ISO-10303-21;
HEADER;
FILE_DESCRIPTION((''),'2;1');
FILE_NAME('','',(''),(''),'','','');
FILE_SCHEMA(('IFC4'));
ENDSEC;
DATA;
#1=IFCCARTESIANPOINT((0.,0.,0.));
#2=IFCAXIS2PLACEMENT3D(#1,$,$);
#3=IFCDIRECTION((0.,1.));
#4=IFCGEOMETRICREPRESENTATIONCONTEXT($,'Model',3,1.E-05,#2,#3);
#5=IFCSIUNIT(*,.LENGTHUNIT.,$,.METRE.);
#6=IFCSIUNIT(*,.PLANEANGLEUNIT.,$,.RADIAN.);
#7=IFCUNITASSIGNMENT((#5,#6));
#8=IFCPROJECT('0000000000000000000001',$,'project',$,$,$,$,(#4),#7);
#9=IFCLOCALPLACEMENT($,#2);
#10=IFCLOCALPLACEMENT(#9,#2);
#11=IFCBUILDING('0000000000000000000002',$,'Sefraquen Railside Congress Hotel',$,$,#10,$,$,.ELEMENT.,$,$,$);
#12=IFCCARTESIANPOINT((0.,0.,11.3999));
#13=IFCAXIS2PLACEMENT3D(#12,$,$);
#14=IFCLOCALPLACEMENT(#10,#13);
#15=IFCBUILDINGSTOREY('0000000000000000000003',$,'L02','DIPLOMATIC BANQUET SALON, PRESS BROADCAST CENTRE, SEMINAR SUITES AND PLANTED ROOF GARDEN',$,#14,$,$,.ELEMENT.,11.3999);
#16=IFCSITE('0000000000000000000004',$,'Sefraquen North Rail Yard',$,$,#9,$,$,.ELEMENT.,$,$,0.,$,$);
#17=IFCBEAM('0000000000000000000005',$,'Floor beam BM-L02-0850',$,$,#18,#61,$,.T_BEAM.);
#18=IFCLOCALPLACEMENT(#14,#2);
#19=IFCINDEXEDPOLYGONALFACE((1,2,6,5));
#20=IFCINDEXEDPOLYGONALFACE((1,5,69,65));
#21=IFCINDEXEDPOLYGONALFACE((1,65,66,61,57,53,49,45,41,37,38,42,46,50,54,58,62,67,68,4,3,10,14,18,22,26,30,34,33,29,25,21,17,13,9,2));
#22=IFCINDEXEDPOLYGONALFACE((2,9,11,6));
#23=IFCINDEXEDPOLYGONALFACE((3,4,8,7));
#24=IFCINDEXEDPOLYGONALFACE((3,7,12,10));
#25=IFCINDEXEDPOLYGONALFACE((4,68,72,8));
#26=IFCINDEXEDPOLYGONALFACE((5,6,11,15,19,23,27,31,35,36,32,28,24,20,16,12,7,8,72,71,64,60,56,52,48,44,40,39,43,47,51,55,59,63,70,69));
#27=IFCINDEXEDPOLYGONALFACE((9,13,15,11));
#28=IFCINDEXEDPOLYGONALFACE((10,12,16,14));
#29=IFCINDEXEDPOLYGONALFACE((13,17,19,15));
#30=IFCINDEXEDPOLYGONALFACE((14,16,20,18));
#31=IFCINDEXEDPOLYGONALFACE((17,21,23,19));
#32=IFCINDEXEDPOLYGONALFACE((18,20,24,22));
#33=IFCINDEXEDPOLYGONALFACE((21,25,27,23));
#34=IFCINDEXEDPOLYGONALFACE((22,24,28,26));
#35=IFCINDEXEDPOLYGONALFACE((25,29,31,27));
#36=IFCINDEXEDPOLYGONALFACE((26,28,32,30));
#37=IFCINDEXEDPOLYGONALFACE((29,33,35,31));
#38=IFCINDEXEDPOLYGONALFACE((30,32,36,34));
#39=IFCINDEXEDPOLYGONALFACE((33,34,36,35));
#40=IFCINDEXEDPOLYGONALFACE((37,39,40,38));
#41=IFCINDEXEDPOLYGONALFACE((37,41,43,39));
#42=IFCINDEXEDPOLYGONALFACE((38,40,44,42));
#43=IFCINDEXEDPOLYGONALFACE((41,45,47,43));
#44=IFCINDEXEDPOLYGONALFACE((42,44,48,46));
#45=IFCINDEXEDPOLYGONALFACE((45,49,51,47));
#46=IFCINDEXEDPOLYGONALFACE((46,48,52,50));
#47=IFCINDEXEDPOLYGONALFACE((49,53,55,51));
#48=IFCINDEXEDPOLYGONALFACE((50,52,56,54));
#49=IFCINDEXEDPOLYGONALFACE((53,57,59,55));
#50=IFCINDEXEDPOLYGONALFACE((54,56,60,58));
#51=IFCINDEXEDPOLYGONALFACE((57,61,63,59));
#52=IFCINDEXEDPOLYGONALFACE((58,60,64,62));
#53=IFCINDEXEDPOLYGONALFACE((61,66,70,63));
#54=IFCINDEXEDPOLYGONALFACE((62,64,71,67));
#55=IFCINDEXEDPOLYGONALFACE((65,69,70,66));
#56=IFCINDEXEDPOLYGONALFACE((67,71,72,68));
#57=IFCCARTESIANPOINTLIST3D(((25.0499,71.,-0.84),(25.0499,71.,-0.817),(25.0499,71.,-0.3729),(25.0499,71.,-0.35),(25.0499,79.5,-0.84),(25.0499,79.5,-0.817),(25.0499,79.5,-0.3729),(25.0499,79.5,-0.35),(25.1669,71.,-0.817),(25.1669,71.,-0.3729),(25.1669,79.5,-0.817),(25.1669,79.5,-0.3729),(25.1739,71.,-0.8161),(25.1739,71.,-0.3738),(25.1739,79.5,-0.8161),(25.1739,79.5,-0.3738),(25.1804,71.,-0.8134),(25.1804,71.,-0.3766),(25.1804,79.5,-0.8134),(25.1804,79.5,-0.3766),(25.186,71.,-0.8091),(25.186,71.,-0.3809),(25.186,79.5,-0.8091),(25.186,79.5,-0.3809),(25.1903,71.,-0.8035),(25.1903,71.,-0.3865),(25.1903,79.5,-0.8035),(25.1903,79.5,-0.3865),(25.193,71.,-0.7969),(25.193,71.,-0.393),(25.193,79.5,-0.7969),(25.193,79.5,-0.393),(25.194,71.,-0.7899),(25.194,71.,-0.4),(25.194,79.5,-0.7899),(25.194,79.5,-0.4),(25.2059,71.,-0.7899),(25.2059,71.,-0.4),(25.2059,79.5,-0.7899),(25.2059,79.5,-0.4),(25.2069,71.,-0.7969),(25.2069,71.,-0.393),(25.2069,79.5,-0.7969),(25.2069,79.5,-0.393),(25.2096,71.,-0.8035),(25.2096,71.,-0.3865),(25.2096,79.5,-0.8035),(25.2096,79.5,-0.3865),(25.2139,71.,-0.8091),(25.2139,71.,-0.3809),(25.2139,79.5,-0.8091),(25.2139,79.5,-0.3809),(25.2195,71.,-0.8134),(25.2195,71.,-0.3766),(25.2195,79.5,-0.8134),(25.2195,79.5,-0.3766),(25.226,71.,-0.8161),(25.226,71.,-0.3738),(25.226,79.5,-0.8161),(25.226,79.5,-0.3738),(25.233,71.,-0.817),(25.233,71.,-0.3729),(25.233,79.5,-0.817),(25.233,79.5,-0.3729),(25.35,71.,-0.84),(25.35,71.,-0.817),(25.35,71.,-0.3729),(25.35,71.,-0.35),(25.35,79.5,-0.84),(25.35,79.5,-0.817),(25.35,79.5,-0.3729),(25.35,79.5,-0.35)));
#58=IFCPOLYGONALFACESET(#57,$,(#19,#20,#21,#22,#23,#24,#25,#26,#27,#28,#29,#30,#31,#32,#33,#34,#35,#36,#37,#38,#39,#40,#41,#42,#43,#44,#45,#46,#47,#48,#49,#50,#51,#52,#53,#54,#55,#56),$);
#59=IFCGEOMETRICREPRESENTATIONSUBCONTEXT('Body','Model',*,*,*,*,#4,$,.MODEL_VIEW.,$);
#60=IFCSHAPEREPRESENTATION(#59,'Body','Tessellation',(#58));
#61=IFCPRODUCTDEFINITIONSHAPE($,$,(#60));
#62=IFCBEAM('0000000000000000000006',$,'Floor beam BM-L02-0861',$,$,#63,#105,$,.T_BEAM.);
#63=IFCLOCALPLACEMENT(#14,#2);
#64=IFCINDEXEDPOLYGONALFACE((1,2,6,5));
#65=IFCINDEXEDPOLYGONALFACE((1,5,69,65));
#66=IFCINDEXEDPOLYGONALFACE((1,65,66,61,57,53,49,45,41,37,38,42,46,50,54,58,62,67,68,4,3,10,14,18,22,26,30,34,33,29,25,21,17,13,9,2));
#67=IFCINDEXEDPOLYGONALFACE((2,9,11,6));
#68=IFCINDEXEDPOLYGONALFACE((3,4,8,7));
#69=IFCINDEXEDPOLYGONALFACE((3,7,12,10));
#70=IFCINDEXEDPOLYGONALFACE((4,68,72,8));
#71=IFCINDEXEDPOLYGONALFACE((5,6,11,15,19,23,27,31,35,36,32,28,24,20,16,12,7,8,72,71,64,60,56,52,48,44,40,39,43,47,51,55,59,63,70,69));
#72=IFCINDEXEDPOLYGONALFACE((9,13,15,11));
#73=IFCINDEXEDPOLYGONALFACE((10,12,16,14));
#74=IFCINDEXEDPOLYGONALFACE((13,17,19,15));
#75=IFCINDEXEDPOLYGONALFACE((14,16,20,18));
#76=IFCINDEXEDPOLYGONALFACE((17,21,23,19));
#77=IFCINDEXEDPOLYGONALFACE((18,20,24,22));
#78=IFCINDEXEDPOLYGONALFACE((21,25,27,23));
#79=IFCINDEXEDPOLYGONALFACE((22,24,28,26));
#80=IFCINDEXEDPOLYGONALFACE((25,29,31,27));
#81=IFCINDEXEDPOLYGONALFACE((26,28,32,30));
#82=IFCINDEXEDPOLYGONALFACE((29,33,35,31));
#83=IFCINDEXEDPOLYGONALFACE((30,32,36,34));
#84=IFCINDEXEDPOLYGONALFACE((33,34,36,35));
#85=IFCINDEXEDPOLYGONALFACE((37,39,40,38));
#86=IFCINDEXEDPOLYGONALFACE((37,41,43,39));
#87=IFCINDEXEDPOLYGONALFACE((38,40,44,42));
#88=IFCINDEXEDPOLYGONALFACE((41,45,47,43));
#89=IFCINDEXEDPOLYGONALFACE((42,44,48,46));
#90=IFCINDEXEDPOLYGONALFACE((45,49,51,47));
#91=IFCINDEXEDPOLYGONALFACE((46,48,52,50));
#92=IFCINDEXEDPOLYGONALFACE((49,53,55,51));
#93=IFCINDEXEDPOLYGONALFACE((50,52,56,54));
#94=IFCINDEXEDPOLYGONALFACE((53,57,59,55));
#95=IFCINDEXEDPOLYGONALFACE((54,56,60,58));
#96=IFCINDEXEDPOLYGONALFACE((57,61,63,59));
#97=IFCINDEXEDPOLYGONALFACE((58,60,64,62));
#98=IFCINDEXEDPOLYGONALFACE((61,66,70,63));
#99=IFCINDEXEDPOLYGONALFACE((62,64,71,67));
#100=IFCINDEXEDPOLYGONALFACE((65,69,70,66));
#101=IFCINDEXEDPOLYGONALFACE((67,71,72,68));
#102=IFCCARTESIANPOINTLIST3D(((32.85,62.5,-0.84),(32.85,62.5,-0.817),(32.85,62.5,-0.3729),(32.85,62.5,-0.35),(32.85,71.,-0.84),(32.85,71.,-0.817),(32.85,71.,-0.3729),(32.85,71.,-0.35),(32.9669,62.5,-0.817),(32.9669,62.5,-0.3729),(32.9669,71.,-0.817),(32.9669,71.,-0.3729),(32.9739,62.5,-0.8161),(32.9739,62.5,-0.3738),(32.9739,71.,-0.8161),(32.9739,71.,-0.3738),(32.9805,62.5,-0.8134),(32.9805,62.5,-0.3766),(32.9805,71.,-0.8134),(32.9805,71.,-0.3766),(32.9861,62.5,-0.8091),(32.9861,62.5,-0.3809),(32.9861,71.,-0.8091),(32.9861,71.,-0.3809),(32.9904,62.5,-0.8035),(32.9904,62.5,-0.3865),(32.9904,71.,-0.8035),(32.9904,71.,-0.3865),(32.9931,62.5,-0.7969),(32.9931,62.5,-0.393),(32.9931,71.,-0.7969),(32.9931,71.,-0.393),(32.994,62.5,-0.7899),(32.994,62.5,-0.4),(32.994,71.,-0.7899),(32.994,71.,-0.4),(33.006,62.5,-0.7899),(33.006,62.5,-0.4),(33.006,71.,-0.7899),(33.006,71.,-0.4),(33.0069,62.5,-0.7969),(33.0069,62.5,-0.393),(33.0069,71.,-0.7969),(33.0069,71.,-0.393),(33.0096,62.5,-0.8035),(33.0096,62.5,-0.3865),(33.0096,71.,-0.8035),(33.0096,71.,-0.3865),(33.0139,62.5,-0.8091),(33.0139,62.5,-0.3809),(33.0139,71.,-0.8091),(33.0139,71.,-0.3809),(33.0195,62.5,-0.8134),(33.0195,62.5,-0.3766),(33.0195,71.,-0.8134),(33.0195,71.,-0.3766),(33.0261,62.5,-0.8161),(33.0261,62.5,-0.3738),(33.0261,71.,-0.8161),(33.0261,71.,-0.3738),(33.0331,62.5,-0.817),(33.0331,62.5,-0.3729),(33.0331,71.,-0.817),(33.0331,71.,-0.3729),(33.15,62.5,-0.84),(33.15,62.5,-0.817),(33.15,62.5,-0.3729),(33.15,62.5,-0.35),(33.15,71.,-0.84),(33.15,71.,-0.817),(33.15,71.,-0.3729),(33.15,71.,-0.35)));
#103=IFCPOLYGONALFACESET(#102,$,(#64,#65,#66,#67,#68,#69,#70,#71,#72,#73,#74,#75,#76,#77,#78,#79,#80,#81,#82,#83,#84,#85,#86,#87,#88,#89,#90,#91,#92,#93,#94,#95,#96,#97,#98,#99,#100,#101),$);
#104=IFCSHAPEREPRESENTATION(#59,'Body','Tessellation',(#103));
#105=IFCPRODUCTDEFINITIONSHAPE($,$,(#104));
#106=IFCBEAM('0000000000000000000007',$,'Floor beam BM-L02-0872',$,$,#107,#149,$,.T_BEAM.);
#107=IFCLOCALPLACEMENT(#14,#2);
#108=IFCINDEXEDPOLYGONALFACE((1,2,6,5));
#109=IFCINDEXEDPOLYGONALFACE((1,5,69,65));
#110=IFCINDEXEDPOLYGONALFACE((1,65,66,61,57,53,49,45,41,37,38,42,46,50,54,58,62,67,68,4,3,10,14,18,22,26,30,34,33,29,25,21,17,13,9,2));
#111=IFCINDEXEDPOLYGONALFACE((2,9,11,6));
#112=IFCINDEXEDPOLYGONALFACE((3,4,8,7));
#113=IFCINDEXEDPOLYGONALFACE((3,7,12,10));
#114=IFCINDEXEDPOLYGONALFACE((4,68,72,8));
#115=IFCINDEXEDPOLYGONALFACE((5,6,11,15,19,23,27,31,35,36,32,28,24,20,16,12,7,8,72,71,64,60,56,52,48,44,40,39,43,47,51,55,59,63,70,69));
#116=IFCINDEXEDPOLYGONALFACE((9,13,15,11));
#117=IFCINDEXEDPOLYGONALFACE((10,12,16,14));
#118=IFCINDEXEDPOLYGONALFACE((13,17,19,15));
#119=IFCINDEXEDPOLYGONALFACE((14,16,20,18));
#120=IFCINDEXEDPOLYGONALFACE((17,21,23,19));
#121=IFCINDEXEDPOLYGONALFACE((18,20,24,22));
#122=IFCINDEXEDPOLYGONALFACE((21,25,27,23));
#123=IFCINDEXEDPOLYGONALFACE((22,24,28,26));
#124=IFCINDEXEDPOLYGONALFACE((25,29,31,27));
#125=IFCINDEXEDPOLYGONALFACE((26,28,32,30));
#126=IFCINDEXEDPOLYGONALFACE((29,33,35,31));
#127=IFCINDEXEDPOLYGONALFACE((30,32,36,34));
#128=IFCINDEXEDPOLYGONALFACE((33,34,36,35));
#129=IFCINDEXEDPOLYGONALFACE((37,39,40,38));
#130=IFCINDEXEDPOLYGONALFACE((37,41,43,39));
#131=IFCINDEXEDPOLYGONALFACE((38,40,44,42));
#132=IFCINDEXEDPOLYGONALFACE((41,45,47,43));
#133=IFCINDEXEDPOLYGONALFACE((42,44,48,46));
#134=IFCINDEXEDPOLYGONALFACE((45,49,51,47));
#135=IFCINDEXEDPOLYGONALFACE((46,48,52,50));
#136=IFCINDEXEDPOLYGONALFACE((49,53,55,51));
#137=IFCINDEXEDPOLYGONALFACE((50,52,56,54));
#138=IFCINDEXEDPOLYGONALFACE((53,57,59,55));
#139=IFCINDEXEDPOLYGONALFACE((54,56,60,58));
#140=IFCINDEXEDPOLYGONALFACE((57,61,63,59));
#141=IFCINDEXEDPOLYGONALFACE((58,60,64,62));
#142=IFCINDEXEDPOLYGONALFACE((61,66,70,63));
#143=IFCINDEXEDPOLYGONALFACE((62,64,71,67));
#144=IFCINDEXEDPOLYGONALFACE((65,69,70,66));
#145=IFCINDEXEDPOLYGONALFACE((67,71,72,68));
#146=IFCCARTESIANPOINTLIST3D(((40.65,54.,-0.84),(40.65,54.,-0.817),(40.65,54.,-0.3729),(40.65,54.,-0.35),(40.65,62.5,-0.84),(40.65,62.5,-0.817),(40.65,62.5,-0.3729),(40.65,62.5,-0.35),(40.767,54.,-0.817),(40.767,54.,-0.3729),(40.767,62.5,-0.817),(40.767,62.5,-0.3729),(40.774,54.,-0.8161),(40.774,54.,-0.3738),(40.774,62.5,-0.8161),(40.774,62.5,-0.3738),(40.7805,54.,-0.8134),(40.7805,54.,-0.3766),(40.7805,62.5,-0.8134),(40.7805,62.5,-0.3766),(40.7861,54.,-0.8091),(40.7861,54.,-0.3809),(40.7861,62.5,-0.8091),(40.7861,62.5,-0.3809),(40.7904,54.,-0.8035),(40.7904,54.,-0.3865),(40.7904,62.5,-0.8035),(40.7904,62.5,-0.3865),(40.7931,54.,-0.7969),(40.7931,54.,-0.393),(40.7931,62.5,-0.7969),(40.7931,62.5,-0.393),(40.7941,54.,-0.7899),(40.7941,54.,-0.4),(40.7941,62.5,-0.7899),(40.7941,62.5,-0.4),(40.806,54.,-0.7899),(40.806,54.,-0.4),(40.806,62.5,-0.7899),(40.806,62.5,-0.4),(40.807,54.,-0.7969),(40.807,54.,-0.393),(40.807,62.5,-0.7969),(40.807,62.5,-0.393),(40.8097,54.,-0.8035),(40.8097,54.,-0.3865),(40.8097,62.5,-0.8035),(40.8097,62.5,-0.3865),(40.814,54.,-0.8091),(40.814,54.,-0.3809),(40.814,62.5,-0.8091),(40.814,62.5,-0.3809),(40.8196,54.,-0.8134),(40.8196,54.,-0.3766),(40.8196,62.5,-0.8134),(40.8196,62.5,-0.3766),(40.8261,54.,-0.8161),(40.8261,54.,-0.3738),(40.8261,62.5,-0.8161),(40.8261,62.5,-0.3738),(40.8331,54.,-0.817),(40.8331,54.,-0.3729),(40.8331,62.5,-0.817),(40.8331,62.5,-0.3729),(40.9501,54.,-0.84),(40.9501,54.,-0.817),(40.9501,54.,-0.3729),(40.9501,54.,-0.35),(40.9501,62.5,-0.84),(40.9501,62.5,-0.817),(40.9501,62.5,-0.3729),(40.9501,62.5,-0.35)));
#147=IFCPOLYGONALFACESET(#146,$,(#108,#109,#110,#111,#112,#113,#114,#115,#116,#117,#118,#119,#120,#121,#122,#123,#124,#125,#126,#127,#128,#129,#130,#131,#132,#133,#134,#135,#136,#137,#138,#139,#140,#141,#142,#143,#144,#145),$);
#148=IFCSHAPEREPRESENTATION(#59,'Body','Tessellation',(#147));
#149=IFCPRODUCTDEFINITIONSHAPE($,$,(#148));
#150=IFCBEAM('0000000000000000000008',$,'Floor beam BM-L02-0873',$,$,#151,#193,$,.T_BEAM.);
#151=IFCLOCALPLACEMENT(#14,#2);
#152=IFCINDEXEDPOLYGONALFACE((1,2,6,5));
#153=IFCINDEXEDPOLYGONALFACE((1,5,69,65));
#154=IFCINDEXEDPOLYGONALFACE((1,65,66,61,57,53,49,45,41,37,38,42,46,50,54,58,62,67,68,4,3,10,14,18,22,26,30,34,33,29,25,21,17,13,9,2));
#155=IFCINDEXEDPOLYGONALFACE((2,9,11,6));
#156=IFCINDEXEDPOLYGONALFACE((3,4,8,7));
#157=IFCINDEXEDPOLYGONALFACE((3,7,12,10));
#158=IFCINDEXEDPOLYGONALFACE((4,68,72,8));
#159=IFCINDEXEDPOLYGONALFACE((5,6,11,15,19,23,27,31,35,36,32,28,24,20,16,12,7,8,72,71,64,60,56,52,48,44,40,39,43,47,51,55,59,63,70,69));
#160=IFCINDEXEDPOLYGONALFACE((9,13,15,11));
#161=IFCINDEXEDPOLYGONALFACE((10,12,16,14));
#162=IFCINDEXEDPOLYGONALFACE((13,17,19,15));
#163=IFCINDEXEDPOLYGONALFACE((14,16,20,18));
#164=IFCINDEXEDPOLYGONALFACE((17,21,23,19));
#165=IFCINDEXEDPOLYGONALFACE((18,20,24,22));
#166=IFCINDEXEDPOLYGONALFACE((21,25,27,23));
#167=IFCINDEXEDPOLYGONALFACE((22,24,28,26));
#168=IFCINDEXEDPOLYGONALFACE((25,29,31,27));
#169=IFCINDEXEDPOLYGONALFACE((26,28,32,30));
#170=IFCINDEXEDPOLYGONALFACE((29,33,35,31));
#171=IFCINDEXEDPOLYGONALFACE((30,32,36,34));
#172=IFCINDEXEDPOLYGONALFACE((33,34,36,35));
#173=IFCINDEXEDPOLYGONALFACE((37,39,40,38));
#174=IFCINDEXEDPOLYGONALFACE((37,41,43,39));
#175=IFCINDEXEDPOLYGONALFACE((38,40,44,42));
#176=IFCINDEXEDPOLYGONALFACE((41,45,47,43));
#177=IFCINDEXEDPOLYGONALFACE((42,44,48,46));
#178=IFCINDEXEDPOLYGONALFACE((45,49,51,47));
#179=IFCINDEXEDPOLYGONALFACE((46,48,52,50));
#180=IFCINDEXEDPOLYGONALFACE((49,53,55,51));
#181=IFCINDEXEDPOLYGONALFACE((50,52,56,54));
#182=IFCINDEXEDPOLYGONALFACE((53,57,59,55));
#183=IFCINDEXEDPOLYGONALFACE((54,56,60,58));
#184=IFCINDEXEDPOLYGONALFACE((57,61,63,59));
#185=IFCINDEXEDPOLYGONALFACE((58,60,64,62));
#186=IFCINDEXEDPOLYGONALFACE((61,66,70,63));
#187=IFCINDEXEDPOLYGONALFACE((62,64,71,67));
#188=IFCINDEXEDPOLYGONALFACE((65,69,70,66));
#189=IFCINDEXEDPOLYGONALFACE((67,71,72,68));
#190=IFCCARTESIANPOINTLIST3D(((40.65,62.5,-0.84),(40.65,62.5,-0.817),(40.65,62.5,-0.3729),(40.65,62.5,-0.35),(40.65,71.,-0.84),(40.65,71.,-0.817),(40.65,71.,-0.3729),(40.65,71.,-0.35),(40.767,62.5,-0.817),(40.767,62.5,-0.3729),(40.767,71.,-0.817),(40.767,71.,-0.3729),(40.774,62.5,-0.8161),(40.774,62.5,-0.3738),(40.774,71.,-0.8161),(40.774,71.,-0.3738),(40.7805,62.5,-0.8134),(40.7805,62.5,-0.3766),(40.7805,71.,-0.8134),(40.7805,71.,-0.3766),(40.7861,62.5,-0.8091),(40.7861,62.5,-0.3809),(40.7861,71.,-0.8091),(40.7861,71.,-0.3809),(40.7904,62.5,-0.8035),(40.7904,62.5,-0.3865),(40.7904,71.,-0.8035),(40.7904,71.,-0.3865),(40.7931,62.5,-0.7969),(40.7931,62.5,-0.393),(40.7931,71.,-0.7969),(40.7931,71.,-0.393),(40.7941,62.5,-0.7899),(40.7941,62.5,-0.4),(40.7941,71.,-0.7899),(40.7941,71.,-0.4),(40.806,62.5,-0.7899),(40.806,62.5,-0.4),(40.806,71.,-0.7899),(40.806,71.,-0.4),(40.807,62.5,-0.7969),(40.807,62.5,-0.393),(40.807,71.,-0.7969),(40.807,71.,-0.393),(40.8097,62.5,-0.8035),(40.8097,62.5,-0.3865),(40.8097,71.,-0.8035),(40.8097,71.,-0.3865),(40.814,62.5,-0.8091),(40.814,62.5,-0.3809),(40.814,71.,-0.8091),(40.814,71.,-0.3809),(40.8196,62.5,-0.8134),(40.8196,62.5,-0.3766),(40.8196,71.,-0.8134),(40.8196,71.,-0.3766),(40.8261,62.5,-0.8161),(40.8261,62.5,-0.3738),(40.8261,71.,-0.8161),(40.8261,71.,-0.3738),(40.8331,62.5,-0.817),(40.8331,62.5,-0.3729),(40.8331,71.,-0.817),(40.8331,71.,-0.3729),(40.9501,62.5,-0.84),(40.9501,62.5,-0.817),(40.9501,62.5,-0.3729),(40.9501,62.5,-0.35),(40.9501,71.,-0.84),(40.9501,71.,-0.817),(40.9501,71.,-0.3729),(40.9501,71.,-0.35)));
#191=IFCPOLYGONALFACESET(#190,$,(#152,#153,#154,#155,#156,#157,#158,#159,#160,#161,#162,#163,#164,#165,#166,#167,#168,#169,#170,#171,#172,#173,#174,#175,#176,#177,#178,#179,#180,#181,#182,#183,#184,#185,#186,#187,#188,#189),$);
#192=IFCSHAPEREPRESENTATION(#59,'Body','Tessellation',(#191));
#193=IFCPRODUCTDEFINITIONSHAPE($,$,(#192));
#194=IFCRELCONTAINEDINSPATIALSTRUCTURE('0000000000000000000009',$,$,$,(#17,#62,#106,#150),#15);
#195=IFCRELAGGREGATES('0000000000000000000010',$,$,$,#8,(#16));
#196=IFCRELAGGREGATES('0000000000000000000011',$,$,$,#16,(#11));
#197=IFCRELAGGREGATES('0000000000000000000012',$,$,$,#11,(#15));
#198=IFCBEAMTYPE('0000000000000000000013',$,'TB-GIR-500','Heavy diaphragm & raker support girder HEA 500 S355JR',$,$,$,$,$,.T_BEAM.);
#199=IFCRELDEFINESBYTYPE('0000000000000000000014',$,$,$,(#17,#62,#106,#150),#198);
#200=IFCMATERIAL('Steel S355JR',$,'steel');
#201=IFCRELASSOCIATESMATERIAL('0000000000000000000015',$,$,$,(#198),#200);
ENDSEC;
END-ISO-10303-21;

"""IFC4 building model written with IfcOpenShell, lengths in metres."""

from ifc_helpers import new_model, si_unit, direction, frame, origin, origin_2d, place, context, subcontext, project, spatial, i_section, extrude, material, material_profile, profile_set, type_object, element, save


model = new_model("IFC4")

# Units and contexts
model_context = context("Model", 3, precision=1e-05, world=origin(), true_north=direction((0.0, 1.0)))
body_context = subcontext(model_context, "Body", "Model", "MODEL_VIEW")
ifc_project = project(units=[si_unit("LENGTHUNIT", "METRE"), si_unit("PLANEANGLEUNIT", "RADIAN")], contexts=[model_context])

# Site, building, storey
site_placement = place(None, origin())
site = spatial("IfcSite", under=ifc_project, at=site_placement, Name="Sefraquen North Rail Yard", CompositionType="ELEMENT", RefElevation=0.0)
building_placement = place(site_placement, origin())
building = spatial("IfcBuilding", under=site, at=building_placement, Name="Sefraquen Railside Congress Hotel", CompositionType="ELEMENT")
storey_placement = place(building_placement, frame((0.0, 0.0, 11.3999)))
storey = spatial("IfcBuildingStorey", under=building, at=storey_placement, Name="L02", Description="DIPLOMATIC BANQUET SALON, PRESS BROADCAST CENTRE, SEMINAR SUITES AND PLANTED ROOF GARDEN", CompositionType="ELEMENT", Elevation=11.3999)

# Shared definitions
ifc_material_1 = material(Name="Steel S355JR", Category="steel")

# Beams
ifc_material_profile_1 = material_profile(ifc_material_1, i_section(OverallWidth=0.3, OverallDepth=0.49, WebThickness=0.012, FlangeThickness=0.0229, FilletRadius=0.0271, at=origin_2d()), Name="HEA 500")
ifc_profile_set_1 = profile_set([ifc_material_profile_1], Name="Steel S355JR")
beam_type_1 = type_object("IfcBeamType", Name="TB-GIR-500", Description="Heavy diaphragm & raker support girder HEA 500 S355JR", PredefinedType="T_BEAM", material=ifc_profile_set_1)
for number, where, z_axis, x_axis, name in (
    (1, (25.2, 71.0, -0.595), (0.0, 1.0, 0.0), (-1.0, 0.0, 0.0), "Floor beam BM-L02-0850"),
    (2, (33.0, 62.5, -0.595), (0.0, 1.0, 0.0), (-1.0, 0.0, 0.0), "Floor beam BM-L02-0861"),
    (3, (40.8, 54.0, -0.595), (0.0, 1.0, 0.0), (-1.0, 0.0, 0.0), "Floor beam BM-L02-0872"),
    (4, (40.8, 62.5, -0.595), (0.0, 1.0, 0.0), (-1.0, 0.0, 0.0), "Floor beam BM-L02-0873"),
):
    element("IfcBeam", number, at=place(storey_placement, frame(where, z_axis=z_axis, x_axis=x_axis)), inside=storey, type_object=beam_type_1, Name=name, PredefinedType="T_BEAM", context=body_context, shape_type="SweptSolid", body=[
        extrude(i_section(OverallWidth=0.3, OverallDepth=0.49, WebThickness=0.012, FlangeThickness=0.0229, FilletRadius=0.0271, at=origin_2d()), origin(), (0.0, 0.0, 1.0), 8.5),
    ])

save(model, "model.ifc")
